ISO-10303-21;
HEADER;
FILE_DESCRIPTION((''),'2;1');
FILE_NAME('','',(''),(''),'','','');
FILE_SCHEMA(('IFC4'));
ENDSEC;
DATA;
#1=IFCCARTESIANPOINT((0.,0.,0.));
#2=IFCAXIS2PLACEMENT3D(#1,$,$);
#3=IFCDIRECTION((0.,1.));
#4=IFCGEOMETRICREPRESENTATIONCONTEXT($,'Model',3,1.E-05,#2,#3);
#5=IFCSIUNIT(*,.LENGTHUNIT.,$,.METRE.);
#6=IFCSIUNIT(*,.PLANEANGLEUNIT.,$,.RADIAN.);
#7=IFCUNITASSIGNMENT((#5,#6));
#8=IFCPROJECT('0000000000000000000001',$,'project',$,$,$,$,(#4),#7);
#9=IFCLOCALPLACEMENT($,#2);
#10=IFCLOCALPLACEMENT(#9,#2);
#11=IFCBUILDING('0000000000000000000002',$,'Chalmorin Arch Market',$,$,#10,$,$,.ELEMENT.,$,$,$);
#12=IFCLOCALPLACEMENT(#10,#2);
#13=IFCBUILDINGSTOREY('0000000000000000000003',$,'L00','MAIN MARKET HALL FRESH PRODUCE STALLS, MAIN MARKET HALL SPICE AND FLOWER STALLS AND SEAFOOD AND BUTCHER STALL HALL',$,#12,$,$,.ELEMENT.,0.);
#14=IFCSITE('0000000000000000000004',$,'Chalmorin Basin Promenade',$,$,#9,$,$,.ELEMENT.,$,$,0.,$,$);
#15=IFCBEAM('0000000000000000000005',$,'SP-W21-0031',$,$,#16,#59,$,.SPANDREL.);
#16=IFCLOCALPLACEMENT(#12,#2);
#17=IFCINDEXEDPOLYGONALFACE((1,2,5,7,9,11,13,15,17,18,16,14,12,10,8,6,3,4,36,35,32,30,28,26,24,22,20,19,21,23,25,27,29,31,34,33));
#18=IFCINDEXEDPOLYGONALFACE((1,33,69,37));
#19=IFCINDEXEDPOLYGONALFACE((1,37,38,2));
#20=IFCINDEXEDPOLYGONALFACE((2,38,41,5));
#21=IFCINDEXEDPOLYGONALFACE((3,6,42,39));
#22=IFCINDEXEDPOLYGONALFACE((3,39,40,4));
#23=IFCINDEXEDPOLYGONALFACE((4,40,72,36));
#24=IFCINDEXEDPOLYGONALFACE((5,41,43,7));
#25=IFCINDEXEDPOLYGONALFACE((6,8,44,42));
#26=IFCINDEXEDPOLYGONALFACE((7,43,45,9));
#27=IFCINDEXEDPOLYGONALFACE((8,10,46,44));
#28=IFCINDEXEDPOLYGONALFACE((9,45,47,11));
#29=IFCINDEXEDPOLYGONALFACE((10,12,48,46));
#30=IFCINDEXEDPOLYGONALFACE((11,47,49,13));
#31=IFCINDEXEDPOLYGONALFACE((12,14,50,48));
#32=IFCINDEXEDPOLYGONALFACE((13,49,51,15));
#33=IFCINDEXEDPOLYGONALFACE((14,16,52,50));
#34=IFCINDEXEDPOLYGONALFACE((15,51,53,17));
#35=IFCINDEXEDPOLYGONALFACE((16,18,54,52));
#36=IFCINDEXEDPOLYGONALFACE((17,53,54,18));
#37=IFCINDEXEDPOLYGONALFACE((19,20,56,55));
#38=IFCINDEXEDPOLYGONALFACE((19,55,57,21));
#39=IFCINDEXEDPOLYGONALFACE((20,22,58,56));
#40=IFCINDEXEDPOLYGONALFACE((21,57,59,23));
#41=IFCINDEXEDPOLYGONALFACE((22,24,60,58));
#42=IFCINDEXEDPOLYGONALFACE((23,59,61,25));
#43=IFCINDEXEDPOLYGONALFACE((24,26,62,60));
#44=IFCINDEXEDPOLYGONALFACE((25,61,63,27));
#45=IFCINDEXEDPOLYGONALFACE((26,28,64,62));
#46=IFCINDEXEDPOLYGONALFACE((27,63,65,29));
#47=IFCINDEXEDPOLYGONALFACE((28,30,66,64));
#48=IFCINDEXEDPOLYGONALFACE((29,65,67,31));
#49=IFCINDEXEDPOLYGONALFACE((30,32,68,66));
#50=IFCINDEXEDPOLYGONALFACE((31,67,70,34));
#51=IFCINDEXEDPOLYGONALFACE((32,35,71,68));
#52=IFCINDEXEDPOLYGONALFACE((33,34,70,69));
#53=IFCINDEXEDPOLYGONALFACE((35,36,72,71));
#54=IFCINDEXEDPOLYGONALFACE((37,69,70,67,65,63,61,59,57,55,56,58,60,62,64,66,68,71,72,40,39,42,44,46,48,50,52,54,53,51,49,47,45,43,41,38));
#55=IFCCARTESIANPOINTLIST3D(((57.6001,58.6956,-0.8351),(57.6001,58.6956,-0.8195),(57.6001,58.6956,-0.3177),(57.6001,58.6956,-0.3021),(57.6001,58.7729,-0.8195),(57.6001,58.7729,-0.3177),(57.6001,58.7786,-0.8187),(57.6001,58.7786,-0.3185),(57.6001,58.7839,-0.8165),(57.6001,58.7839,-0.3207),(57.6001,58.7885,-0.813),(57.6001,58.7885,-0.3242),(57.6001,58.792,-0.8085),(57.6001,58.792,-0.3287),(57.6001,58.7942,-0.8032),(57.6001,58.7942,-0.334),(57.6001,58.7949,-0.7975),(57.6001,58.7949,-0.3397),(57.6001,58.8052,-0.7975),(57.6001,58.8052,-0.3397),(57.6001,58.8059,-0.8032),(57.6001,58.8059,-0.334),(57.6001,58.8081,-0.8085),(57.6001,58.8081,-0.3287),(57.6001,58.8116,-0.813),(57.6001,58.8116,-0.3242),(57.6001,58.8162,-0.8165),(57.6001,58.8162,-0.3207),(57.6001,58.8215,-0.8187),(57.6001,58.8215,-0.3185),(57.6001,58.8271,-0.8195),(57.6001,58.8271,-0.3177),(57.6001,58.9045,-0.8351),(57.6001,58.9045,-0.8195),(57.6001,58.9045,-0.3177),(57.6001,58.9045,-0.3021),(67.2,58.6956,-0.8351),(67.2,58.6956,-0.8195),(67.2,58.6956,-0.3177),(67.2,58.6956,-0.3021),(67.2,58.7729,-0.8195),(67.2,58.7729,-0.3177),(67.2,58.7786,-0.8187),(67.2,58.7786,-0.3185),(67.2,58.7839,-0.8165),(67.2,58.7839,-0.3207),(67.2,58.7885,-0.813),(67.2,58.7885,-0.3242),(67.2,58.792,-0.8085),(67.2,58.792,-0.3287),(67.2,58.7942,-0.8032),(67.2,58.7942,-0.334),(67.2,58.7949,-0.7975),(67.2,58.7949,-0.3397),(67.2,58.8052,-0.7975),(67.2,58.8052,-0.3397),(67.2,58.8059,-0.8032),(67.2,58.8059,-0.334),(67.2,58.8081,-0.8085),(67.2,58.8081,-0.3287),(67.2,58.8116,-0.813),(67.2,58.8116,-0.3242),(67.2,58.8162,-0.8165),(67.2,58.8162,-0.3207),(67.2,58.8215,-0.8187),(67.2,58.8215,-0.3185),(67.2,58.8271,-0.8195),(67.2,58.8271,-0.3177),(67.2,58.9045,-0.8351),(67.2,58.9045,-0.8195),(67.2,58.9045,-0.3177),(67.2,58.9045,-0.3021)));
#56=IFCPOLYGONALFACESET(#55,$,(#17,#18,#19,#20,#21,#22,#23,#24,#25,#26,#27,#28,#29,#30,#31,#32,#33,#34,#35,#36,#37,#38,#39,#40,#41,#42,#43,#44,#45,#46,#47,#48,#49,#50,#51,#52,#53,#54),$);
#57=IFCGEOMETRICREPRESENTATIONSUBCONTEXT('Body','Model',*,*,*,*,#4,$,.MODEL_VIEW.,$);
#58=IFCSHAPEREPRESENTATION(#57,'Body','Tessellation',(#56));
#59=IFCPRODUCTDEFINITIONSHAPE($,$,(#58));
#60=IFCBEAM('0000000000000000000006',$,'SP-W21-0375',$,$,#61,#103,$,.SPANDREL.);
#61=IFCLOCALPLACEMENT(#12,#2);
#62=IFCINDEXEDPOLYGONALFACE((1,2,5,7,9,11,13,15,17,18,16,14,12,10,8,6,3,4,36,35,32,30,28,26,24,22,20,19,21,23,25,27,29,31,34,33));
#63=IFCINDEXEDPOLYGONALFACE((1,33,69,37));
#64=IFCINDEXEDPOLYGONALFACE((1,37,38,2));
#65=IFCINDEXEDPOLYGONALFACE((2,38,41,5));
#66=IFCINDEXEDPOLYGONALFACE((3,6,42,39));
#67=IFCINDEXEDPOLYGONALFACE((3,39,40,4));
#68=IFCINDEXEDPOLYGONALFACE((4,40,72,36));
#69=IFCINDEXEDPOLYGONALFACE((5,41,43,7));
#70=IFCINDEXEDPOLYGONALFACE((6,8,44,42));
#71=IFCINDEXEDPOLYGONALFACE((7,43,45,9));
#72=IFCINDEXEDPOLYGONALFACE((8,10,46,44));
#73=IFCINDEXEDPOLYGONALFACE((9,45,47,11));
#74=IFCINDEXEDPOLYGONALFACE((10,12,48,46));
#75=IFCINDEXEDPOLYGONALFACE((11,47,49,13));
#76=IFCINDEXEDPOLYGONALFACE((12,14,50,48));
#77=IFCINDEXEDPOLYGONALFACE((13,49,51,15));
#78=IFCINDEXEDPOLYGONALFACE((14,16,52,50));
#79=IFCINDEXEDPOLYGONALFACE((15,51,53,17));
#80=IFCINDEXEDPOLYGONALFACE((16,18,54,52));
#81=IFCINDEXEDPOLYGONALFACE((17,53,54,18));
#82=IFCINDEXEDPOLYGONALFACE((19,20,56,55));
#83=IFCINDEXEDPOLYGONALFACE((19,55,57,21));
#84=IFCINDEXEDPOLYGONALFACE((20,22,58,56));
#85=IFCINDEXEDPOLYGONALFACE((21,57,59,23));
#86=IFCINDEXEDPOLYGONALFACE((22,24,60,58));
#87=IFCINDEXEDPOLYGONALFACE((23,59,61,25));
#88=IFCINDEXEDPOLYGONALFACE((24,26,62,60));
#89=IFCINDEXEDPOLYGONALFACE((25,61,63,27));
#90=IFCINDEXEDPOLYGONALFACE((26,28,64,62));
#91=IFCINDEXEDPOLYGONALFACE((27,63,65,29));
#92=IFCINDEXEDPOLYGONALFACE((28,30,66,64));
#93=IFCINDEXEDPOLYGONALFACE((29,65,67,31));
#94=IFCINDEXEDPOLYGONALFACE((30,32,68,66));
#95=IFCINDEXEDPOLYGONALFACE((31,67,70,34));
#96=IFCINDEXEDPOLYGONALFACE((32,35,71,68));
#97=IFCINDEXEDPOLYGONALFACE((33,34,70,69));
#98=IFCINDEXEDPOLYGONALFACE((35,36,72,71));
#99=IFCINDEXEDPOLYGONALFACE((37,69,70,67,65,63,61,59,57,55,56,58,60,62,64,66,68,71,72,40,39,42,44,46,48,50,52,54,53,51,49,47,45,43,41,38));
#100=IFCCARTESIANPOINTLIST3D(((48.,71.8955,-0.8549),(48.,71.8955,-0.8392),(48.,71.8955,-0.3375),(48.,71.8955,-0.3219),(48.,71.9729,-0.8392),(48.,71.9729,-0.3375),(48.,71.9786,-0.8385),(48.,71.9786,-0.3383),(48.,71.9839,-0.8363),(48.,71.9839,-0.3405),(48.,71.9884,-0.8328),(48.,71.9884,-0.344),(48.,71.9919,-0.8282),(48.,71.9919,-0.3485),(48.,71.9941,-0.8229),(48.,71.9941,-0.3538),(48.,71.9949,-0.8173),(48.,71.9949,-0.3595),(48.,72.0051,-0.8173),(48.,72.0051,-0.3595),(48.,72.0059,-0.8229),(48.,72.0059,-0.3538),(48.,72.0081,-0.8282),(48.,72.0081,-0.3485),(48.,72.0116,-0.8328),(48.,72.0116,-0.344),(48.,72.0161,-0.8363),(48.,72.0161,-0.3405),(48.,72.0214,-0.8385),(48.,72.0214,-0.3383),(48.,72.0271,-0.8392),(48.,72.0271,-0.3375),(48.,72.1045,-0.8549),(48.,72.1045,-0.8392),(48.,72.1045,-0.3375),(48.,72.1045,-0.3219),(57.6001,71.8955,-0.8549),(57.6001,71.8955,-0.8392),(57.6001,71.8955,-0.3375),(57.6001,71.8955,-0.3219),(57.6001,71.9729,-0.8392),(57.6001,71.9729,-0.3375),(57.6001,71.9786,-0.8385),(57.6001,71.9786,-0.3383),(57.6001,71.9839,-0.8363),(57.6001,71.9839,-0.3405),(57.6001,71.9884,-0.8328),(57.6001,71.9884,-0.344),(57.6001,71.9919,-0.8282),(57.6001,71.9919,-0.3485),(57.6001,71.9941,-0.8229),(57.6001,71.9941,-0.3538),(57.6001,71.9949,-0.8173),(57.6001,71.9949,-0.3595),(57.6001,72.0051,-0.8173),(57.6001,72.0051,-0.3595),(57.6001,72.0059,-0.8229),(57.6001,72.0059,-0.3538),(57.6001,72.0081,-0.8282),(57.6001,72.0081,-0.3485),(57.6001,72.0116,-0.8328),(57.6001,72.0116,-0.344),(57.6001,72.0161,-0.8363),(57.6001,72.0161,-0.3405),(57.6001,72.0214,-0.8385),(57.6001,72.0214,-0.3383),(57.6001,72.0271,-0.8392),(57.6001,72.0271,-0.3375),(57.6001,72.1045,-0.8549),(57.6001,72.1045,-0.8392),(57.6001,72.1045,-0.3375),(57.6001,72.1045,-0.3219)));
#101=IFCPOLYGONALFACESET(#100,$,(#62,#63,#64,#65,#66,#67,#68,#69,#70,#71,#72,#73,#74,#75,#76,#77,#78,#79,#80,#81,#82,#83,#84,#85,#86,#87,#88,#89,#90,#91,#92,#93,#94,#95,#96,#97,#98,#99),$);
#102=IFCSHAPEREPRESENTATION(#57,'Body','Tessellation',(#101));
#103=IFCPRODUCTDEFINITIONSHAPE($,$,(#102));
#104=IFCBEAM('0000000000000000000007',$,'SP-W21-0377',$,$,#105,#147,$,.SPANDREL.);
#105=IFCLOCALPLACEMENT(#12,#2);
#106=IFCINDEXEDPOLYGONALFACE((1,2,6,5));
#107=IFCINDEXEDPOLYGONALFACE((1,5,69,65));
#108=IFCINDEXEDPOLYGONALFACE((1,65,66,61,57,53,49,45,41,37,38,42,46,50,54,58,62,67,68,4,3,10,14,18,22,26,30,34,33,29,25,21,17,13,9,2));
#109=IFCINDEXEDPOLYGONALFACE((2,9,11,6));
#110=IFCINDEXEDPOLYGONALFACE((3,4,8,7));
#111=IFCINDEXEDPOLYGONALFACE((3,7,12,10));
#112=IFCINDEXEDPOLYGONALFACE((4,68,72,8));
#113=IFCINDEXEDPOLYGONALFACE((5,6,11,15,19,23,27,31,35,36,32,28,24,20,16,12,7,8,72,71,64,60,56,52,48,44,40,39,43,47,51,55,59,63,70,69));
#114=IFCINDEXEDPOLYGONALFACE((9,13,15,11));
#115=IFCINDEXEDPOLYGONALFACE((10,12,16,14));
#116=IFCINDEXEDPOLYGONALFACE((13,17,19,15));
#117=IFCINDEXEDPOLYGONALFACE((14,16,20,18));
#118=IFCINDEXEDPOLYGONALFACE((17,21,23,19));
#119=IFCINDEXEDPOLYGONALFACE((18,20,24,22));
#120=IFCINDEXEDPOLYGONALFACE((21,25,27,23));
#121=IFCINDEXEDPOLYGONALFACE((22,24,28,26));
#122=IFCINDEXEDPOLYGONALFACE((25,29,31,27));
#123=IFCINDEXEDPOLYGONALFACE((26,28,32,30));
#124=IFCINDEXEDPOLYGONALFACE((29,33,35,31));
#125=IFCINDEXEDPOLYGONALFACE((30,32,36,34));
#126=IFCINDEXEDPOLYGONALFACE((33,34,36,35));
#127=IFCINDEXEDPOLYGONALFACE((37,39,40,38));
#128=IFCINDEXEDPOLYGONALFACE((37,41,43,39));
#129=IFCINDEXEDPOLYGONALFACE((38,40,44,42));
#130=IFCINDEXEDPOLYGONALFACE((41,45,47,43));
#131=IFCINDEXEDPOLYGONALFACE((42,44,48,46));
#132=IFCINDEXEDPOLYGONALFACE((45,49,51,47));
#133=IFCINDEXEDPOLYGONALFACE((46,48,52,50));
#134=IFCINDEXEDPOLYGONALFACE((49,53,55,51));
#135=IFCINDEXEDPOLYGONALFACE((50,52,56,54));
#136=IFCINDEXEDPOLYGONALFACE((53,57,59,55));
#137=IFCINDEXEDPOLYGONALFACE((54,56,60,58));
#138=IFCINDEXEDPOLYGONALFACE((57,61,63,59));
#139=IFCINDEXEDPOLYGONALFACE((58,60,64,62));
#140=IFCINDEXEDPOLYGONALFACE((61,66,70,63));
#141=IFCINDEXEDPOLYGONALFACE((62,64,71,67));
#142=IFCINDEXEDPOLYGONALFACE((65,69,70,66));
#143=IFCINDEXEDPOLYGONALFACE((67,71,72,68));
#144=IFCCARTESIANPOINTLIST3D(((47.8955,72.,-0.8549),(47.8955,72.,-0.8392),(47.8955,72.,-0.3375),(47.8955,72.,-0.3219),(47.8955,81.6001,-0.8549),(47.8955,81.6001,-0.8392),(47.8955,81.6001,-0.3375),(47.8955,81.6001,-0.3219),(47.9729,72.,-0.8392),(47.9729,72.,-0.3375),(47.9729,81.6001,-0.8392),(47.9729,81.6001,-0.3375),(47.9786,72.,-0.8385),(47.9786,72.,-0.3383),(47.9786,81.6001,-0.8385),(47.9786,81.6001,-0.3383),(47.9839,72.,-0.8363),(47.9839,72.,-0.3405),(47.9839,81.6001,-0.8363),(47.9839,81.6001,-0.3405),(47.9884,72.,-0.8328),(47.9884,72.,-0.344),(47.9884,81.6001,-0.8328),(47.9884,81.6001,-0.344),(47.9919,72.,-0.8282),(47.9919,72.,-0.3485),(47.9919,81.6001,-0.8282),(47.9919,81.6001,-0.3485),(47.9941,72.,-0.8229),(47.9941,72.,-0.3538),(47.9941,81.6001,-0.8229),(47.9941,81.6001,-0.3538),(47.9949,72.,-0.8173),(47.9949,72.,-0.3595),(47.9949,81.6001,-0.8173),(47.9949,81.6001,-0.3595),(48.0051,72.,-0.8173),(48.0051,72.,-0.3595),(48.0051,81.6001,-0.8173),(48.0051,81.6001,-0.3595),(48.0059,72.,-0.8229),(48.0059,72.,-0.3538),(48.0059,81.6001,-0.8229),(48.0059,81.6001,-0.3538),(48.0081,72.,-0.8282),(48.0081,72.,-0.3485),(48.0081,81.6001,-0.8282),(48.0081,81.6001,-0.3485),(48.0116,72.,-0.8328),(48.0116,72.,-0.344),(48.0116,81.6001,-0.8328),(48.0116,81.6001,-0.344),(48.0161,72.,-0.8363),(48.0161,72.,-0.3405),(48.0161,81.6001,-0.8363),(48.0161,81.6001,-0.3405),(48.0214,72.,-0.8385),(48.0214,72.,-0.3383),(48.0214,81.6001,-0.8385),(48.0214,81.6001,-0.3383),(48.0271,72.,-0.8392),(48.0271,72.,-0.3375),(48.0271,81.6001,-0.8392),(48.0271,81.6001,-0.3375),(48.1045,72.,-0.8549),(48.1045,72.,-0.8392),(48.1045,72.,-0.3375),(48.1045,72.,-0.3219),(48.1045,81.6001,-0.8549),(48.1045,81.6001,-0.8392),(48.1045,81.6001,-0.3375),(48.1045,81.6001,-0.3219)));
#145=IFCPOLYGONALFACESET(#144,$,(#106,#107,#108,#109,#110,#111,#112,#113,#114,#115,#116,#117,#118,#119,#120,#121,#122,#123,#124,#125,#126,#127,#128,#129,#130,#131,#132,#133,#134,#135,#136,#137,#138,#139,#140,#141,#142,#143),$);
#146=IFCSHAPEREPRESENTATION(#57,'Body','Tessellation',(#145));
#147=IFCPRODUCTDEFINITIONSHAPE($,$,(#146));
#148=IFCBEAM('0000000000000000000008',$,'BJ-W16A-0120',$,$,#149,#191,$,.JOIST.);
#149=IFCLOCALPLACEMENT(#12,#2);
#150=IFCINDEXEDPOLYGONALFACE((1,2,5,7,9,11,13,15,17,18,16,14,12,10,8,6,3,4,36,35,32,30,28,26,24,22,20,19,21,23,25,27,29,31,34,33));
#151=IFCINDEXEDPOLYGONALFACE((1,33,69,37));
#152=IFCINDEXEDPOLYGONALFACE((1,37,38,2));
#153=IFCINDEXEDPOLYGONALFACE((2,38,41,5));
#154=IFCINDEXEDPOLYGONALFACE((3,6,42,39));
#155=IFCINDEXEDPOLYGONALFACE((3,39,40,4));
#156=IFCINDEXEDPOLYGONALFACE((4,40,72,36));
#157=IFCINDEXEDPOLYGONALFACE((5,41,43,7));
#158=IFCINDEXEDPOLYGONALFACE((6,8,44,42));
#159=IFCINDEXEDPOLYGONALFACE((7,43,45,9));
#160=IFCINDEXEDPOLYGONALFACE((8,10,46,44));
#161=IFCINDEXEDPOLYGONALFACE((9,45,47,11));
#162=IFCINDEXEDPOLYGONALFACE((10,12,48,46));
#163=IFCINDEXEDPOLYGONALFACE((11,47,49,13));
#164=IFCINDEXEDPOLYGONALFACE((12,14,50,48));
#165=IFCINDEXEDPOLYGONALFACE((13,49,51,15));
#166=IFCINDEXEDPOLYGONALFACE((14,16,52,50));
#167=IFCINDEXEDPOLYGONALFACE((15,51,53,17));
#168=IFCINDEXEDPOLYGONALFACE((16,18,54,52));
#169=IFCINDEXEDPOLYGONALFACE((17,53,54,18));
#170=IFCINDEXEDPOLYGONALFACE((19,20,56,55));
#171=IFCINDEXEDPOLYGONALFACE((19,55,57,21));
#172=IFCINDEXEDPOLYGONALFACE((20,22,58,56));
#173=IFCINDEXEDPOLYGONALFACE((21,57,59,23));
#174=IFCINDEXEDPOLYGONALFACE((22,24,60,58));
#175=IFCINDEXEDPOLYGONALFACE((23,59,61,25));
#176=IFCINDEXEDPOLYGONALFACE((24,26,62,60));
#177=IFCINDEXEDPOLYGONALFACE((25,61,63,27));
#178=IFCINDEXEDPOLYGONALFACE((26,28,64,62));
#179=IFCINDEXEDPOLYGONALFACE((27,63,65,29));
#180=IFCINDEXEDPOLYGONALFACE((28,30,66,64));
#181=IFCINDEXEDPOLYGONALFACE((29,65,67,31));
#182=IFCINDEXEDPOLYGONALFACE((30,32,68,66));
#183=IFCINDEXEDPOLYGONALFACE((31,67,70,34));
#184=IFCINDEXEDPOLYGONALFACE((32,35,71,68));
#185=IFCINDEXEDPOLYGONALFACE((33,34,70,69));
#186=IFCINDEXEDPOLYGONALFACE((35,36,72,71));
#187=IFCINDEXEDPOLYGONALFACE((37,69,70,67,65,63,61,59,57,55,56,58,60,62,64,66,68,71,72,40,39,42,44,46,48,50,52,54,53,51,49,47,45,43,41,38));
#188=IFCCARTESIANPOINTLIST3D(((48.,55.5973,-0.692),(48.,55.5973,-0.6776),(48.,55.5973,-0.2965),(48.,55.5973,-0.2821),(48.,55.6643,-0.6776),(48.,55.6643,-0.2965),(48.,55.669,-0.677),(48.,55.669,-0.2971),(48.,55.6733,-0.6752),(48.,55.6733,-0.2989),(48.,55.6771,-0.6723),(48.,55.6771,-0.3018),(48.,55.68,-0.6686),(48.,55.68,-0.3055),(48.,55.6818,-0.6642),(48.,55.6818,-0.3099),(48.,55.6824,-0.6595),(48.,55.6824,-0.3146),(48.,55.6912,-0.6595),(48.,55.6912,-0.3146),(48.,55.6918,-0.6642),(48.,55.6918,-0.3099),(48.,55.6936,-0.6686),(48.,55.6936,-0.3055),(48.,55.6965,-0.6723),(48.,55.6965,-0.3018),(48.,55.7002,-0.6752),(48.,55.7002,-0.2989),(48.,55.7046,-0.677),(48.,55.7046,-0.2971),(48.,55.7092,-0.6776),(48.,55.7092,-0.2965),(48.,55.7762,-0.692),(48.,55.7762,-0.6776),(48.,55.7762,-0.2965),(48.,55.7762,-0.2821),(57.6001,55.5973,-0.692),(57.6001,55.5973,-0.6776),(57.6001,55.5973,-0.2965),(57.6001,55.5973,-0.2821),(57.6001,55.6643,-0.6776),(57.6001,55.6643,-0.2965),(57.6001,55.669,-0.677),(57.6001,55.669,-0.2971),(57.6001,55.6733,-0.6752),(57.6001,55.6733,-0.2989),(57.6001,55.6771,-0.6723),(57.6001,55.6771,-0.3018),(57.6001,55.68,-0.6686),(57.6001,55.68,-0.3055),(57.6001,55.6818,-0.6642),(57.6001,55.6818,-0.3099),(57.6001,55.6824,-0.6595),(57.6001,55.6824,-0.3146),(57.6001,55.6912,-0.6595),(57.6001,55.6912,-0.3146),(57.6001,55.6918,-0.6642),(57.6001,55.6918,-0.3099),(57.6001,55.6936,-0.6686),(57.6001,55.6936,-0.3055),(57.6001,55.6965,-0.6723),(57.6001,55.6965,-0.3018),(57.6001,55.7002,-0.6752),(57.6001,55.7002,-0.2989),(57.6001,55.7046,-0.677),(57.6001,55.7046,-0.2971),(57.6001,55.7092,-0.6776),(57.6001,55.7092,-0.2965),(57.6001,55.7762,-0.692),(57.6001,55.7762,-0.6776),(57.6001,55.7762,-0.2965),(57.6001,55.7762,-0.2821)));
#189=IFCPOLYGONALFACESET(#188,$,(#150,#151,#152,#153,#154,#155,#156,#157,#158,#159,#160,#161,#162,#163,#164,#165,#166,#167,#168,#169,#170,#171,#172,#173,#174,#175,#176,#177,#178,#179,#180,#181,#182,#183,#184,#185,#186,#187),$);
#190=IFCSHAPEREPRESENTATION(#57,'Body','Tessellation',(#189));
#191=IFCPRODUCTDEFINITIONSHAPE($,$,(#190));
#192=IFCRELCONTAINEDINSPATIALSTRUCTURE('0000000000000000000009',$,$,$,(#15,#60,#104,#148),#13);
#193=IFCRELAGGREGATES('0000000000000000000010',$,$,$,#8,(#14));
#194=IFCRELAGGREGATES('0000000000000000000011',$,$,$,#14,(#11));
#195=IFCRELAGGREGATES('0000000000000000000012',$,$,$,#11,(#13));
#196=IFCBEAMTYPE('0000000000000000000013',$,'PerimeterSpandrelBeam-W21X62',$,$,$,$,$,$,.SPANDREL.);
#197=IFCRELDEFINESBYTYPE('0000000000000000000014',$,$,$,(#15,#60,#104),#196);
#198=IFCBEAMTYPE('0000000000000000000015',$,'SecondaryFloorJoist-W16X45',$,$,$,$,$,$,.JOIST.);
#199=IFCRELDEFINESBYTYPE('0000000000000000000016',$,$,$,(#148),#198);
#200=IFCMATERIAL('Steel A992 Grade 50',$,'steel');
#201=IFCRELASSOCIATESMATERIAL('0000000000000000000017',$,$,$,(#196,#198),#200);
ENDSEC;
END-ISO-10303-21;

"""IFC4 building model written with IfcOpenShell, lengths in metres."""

from ifc_helpers import new_model, si_unit, direction, frame, origin, origin_2d, place, context, subcontext, project, spatial, i_section, extrude, material, material_profile, profile_set, type_object, element, save


model = new_model("IFC4")

# Units and contexts
model_context = context("Model", 3, precision=1e-05, world=origin(), true_north=direction((0.0, 1.0)))
body_context = subcontext(model_context, "Body", "Model", "MODEL_VIEW")
ifc_project = project(units=[si_unit("LENGTHUNIT", "METRE"), si_unit("PLANEANGLEUNIT", "RADIAN")], contexts=[model_context])

# Site, building, storey
site_placement = place(None, origin())
site = spatial("IfcSite", under=ifc_project, at=site_placement, Name="Chalmorin Basin Promenade", CompositionType="ELEMENT", RefElevation=0.0)
building_placement = place(site_placement, origin())
building = spatial("IfcBuilding", under=site, at=building_placement, Name="Chalmorin Arch Market", CompositionType="ELEMENT")
storey_placement = place(building_placement, origin())
storey = spatial("IfcBuildingStorey", under=building, at=storey_placement, Name="L00", Description="MAIN MARKET HALL FRESH PRODUCE STALLS, MAIN MARKET HALL SPICE AND FLOWER STALLS AND SEAFOOD AND BUTCHER STALL HALL", CompositionType="ELEMENT", Elevation=0.0)

# Beams
ifc_material_1 = material(Name="Steel A992 Grade 50", Category="steel")
ifc_material_profile_1 = material_profile(ifc_material_1, i_section(OverallWidth=0.209, OverallDepth=0.533, WebThickness=0.0103, FlangeThickness=0.0156, FilletRadius=0.022, at=origin_2d()), Name="W21X62")
ifc_profile_set_1 = profile_set([ifc_material_profile_1], Name="Steel A992 Grade 50")
beam_type_1 = type_object("IfcBeamType", Name="PerimeterSpandrelBeam-W21X62", PredefinedType="SPANDREL", material=ifc_profile_set_1)
beam_1_placement = place(storey_placement, frame((57.6001, 58.8, -0.5686), z_axis=(1.0, 0.0, 0.0), x_axis=(0.0, 1.0, 0.0)))
element("IfcBeam", 1, at=beam_1_placement, inside=storey, type_object=beam_type_1, Name="SP-W21-0031", PredefinedType="SPANDREL", context=body_context, shape_type="SweptSolid", body=[
    extrude(i_section(OverallWidth=0.209, OverallDepth=0.533, WebThickness=0.0103, FlangeThickness=0.0156, FilletRadius=0.022, at=origin_2d()), origin(), (0.0, 0.0, 1.0), 9.5999),
])
for number, where, z_axis, x_axis, name in (
    (2, (48.0, 72.0, -0.5884), (1.0, 0.0, 0.0), (0.0, 1.0, 0.0), "SP-W21-0375"),
    (3, (48.0, 72.0, -0.5884), (0.0, 1.0, 0.0), (-1.0, 0.0, 0.0), "SP-W21-0377"),
):
    element("IfcBeam", number, at=place(storey_placement, frame(where, z_axis=z_axis, x_axis=x_axis)), inside=storey, type_object=beam_type_1, Name=name, PredefinedType="SPANDREL", context=body_context, shape_type="SweptSolid", body=[
        extrude(i_section(OverallWidth=0.209, OverallDepth=0.533, WebThickness=0.0103, FlangeThickness=0.0156, FilletRadius=0.022, at=origin_2d()), origin(), (0.0, 0.0, 1.0), 9.6001),
    ])
ifc_material_profile_2 = material_profile(ifc_material_1, i_section(OverallWidth=0.179, OverallDepth=0.4099, WebThickness=0.0088, FlangeThickness=0.0144, FilletRadius=0.0181, at=origin_2d()), Name="W16X45")
ifc_profile_set_2 = profile_set([ifc_material_profile_2], Name="Steel A992 Grade 50")
beam_type_2 = type_object("IfcBeamType", Name="SecondaryFloorJoist-W16X45", PredefinedType="JOIST", material=ifc_profile_set_2)
beam_2_placement = place(storey_placement, frame((48.0, 55.6868, -0.4871), z_axis=(1.0, 0.0, 0.0), x_axis=(0.0, 1.0, 0.0)))
element("IfcBeam", 4, at=beam_2_placement, inside=storey, type_object=beam_type_2, Name="BJ-W16A-0120", PredefinedType="JOIST", context=body_context, shape_type="SweptSolid", body=[
    extrude(i_section(OverallWidth=0.179, OverallDepth=0.4099, WebThickness=0.0088, FlangeThickness=0.0144, FilletRadius=0.0181, at=origin_2d()), origin(), (0.0, 0.0, 1.0), 9.6001),
])

save(model, "model.ifc")
